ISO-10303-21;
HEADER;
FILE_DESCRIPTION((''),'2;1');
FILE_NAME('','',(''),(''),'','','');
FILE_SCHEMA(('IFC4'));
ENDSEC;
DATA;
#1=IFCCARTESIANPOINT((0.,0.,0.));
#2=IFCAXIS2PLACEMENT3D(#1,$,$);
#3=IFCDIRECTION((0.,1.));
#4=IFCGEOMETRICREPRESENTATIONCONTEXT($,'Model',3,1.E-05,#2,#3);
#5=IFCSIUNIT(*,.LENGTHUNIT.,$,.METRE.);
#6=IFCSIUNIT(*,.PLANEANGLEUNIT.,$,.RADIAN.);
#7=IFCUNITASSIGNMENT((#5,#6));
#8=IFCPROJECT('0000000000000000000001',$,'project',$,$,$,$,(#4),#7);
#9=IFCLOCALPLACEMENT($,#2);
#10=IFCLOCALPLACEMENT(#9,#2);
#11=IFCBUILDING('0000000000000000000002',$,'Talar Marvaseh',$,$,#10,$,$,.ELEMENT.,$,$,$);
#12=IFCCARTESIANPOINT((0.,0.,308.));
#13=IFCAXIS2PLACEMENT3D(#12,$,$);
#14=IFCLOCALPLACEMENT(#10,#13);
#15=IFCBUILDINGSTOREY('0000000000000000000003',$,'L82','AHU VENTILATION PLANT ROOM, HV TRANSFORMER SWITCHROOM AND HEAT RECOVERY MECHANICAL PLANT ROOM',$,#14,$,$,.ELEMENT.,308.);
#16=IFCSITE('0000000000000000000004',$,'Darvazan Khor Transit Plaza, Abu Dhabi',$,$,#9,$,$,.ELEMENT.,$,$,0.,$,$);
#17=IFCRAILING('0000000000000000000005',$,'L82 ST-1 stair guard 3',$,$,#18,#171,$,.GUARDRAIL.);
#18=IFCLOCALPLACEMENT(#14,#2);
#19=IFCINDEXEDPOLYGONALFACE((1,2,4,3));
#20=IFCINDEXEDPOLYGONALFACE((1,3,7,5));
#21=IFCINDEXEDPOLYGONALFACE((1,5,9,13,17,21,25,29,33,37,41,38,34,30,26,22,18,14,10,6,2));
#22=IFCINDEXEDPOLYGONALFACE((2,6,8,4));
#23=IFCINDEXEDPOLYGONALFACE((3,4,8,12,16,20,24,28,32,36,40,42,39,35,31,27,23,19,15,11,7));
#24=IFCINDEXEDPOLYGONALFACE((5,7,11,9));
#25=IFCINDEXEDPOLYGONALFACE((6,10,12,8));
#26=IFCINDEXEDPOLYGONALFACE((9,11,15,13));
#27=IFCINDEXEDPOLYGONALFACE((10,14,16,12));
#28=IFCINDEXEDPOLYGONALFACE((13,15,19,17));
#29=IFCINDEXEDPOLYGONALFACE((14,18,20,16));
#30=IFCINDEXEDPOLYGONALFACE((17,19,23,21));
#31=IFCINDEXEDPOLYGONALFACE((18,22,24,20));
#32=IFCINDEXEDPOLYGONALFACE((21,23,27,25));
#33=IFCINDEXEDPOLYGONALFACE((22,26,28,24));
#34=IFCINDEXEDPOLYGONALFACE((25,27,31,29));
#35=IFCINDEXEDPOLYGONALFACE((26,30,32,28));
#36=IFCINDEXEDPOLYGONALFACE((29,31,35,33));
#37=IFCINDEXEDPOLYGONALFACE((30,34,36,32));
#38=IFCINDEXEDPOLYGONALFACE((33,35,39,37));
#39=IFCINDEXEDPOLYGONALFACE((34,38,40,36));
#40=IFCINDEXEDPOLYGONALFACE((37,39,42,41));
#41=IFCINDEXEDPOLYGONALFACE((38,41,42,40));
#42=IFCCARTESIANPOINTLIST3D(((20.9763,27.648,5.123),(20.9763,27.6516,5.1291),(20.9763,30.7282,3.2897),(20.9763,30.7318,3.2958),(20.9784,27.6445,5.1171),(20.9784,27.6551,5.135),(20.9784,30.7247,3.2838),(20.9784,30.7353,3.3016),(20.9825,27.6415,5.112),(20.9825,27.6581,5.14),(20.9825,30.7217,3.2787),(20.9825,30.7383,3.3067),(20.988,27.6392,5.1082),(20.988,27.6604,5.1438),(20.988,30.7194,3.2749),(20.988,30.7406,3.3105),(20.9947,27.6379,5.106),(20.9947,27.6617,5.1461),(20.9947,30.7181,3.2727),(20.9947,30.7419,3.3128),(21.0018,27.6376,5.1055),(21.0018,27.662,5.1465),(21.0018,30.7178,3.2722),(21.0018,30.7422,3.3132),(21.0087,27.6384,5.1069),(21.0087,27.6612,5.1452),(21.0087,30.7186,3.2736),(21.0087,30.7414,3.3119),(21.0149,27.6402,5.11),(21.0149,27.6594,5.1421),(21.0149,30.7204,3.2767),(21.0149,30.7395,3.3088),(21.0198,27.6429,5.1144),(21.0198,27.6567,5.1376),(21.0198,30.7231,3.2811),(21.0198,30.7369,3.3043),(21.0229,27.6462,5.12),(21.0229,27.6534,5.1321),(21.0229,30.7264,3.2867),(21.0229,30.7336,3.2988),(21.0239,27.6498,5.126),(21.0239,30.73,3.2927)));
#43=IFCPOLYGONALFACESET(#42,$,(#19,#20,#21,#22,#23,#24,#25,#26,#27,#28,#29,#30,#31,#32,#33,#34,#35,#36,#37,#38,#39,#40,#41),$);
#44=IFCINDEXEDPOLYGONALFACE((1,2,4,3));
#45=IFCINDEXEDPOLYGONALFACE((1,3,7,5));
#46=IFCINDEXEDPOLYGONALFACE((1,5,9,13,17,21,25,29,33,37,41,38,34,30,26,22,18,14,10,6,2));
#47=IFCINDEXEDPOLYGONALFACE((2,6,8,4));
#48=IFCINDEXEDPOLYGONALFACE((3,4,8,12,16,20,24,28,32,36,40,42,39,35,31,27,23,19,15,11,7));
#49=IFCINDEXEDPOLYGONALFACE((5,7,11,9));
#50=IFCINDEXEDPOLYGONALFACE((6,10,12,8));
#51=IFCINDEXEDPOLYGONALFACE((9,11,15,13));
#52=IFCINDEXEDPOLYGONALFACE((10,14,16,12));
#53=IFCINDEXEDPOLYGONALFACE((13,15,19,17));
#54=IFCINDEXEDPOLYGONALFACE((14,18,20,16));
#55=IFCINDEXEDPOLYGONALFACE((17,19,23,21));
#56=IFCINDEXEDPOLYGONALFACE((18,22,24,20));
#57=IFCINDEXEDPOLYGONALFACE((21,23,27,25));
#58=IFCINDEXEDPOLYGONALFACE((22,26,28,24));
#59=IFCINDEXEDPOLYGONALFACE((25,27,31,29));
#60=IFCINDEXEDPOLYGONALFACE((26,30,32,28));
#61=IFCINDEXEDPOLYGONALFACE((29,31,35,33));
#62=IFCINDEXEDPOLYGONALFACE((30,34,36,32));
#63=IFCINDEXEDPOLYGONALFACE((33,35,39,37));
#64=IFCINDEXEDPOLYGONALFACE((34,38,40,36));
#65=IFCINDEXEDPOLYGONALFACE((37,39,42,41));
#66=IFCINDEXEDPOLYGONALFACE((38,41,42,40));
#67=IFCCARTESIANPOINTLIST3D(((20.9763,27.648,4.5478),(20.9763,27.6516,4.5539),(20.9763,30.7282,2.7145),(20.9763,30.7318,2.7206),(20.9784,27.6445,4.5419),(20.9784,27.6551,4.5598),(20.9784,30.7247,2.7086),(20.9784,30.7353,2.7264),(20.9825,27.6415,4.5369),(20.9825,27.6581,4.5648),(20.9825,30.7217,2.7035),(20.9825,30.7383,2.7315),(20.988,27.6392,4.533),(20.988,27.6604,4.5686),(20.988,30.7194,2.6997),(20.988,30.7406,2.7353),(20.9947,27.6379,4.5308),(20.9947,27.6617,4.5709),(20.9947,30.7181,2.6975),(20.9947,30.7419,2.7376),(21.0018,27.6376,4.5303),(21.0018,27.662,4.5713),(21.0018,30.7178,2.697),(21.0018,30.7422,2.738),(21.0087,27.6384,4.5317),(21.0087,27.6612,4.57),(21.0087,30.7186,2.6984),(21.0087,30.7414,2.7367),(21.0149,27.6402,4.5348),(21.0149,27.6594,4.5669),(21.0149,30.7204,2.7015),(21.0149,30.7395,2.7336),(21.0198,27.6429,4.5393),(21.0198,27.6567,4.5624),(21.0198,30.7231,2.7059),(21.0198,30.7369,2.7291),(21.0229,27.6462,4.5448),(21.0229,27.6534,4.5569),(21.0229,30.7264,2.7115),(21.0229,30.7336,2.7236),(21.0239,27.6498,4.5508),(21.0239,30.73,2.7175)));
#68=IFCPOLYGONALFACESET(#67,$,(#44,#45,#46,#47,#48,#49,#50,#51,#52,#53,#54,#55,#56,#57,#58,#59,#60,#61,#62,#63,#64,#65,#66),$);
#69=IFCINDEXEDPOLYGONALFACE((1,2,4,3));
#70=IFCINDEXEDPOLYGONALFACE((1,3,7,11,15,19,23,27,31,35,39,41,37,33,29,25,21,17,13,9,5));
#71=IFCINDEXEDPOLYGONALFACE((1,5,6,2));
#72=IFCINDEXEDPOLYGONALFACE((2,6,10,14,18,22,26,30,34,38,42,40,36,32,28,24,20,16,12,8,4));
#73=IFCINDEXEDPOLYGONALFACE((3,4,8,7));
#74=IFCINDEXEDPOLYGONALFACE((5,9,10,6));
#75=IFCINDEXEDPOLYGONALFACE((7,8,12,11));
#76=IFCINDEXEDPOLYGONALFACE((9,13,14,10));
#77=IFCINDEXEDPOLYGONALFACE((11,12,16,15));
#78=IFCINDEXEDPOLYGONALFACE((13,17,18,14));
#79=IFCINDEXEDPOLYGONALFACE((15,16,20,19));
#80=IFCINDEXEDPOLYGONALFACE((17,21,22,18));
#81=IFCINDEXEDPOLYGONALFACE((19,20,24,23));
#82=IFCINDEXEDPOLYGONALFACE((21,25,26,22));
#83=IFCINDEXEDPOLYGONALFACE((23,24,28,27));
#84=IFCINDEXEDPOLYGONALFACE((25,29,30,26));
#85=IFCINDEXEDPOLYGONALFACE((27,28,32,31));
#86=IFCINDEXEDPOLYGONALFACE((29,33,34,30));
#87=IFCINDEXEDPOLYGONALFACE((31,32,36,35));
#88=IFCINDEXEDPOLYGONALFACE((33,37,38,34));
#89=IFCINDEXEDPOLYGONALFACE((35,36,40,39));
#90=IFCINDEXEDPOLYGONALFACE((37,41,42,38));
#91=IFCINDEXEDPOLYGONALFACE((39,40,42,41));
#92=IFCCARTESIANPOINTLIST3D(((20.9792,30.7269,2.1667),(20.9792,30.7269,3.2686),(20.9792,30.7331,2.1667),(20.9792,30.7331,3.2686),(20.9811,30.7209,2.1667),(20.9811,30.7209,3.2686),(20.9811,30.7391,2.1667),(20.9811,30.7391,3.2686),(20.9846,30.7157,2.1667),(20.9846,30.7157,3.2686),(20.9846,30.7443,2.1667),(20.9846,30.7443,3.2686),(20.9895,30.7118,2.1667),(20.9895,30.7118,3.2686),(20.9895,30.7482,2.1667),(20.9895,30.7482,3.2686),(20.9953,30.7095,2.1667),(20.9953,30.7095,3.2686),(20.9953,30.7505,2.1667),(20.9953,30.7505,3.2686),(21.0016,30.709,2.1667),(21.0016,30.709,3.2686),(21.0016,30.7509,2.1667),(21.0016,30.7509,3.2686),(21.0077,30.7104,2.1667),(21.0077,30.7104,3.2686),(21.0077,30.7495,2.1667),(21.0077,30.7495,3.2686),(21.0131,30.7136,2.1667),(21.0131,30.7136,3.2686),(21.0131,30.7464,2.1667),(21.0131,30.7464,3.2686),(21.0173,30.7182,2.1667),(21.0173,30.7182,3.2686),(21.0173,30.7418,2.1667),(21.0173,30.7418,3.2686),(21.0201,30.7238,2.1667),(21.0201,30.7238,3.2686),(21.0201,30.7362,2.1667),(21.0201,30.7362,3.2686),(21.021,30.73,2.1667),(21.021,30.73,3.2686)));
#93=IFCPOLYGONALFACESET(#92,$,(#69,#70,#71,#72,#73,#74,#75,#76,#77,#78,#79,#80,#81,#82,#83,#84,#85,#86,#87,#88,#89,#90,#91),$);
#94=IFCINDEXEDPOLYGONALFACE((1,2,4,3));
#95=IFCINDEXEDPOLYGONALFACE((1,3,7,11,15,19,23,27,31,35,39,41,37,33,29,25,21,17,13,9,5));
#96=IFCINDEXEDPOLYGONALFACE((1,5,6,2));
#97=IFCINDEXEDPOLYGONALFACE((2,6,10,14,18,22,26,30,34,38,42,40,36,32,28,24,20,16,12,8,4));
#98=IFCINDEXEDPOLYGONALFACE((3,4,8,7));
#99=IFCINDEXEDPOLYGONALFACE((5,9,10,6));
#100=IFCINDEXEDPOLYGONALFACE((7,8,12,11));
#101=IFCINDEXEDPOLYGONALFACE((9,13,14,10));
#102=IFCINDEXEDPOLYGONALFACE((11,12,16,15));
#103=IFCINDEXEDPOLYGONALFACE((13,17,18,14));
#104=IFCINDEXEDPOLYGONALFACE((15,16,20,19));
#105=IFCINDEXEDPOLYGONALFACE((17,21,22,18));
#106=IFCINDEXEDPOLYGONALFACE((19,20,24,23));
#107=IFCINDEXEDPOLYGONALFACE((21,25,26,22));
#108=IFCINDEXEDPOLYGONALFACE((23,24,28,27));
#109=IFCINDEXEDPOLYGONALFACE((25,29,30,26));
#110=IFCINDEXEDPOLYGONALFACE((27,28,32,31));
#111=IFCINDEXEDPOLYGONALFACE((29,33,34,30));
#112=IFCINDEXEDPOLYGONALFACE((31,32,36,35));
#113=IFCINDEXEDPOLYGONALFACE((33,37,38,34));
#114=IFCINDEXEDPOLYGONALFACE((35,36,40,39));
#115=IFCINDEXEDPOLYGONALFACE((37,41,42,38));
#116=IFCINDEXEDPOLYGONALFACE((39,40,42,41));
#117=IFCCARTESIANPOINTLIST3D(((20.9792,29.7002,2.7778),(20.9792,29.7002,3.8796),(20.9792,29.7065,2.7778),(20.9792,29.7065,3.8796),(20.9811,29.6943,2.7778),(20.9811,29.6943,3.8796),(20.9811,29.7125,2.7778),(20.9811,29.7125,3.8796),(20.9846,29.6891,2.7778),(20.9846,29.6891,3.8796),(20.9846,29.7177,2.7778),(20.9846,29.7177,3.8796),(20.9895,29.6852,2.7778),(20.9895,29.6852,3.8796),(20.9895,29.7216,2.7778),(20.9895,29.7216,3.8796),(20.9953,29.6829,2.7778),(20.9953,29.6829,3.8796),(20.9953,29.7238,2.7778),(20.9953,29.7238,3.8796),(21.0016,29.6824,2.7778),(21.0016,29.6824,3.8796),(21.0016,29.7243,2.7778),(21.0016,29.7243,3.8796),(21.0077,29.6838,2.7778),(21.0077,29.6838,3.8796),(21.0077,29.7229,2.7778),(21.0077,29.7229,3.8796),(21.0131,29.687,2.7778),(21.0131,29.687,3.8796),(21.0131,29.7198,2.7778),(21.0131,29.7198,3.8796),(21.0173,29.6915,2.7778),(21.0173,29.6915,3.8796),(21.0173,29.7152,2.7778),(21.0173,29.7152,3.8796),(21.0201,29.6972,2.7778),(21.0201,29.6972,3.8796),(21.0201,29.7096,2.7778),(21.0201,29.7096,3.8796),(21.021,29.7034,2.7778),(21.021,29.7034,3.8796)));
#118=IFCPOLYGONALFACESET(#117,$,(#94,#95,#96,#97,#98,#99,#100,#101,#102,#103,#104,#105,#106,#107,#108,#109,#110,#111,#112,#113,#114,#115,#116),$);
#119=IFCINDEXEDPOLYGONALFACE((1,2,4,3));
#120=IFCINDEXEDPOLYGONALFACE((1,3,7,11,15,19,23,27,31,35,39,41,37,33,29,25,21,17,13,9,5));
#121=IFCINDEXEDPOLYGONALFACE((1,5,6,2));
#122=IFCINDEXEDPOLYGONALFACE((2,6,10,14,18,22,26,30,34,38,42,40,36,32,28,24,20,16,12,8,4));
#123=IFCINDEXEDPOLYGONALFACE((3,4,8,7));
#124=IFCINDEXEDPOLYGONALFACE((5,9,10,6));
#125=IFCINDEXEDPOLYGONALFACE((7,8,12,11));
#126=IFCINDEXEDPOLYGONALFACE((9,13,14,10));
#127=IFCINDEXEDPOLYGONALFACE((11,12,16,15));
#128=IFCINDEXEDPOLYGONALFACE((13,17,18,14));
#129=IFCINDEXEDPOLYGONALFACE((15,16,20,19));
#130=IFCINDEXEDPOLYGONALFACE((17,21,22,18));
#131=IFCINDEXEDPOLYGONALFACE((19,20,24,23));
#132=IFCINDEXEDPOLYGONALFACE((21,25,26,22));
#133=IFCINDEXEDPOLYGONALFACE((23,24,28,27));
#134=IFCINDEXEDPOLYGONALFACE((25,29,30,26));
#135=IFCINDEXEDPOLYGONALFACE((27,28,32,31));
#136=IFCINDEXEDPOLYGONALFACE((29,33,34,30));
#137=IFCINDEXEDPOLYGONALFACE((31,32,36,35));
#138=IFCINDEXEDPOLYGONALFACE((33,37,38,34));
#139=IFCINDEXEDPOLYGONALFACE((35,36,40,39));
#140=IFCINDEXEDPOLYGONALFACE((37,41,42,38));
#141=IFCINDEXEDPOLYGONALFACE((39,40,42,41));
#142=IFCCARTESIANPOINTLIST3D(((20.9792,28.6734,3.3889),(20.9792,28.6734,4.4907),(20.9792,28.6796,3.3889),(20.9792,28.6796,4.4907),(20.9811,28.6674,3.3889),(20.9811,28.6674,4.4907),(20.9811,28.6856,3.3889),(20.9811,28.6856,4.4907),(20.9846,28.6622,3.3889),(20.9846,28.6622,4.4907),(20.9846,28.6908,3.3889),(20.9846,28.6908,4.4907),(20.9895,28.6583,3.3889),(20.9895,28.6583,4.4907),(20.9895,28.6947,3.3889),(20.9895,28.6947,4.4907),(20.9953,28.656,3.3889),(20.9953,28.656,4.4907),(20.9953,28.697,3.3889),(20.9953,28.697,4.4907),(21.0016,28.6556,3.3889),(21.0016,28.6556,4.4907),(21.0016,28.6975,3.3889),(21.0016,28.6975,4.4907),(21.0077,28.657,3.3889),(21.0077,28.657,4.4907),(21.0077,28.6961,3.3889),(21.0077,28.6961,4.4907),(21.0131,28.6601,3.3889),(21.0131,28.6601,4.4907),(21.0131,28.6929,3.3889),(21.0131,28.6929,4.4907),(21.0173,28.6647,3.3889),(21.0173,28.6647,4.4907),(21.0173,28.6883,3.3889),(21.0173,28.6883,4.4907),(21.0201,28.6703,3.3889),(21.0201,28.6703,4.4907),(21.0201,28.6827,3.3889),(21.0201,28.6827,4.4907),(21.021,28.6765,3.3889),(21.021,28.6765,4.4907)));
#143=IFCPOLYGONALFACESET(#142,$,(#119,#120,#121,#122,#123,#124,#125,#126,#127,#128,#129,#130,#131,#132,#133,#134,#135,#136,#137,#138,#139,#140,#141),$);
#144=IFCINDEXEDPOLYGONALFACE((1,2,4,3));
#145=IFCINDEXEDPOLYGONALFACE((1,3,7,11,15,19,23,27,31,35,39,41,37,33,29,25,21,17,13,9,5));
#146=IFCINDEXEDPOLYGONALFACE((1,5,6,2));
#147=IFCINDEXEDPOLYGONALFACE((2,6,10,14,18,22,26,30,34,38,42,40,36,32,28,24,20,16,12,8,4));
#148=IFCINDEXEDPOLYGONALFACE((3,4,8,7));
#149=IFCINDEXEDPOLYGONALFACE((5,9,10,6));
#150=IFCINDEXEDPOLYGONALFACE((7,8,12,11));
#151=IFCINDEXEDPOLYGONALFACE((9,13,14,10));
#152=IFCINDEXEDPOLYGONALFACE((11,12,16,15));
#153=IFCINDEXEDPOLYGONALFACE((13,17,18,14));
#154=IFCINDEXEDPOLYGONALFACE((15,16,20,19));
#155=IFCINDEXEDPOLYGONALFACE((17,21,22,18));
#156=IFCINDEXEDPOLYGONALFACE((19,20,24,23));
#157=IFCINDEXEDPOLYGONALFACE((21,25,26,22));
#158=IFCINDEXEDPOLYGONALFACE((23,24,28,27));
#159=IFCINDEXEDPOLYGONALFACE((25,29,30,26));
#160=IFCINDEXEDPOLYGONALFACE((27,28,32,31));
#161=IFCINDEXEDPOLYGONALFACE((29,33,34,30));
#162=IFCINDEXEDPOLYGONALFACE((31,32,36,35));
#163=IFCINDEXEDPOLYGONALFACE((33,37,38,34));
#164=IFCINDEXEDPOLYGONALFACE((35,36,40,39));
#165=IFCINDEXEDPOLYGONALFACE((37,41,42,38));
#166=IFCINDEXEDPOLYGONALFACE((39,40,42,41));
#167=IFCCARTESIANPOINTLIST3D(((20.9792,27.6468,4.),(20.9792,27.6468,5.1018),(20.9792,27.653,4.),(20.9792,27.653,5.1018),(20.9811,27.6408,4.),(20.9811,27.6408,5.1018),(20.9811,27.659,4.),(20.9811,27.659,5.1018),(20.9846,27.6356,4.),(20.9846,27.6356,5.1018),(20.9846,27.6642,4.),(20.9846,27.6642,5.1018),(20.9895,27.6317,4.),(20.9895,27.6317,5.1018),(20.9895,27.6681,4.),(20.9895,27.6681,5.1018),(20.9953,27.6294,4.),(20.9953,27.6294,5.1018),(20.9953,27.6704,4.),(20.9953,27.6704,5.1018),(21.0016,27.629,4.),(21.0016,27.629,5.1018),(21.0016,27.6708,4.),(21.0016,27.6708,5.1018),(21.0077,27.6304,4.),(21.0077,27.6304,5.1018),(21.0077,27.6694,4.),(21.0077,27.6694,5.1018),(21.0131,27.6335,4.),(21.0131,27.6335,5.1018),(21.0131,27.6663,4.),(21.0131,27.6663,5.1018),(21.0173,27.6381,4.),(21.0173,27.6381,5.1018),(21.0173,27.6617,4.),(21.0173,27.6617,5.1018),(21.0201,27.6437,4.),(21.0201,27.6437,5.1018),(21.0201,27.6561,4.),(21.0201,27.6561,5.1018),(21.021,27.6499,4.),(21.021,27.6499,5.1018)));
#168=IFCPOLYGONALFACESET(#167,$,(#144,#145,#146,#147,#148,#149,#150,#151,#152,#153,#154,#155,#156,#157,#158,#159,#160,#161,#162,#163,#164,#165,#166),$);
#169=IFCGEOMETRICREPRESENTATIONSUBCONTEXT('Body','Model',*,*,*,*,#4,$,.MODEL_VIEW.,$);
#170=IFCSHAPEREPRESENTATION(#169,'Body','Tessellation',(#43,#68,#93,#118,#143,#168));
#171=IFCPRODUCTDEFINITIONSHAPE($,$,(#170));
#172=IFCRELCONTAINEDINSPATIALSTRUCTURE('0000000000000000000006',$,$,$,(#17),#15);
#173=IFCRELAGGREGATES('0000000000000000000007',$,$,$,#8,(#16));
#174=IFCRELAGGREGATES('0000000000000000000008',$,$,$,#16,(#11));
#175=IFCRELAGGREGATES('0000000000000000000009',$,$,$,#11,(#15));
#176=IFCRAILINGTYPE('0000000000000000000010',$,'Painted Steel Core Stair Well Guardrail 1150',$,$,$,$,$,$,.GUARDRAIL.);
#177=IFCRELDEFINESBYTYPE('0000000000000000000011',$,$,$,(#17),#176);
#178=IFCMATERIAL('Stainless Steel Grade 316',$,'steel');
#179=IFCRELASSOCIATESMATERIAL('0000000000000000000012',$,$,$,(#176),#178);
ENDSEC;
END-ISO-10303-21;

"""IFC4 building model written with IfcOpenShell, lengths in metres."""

from ifc_helpers import new_model, si_unit, direction, frame, origin, origin_2d, place, context, subcontext, project, spatial, circle, extrude, material, type_object, element, save


model = new_model("IFC4")

# Units and contexts
model_context = context("Model", 3, precision=1e-05, world=origin(), true_north=direction((0.0, 1.0)))
body_context = subcontext(model_context, "Body", "Model", "MODEL_VIEW")
ifc_project = project(units=[si_unit("LENGTHUNIT", "METRE"), si_unit("PLANEANGLEUNIT", "RADIAN")], contexts=[model_context])

# Site, building, storey
site_placement = place(None, origin())
site = spatial("IfcSite", under=ifc_project, at=site_placement, Name="Darvazan Khor Transit Plaza, Abu Dhabi", CompositionType="ELEMENT", RefElevation=0.0)
building_placement = place(site_placement, origin())
building = spatial("IfcBuilding", under=site, at=building_placement, Name="Talar Marvaseh", CompositionType="ELEMENT")
storey_placement = place(building_placement, frame((0.0, 0.0, 308.0)))
storey = spatial("IfcBuildingStorey", under=building, at=storey_placement, Name="L82", Description="AHU VENTILATION PLANT ROOM, HV TRANSFORMER SWITCHROOM AND HEAT RECOVERY MECHANICAL PLANT ROOM", CompositionType="ELEMENT", Elevation=308.0)

# Shared definitions
ifc_material_1 = material(Name="Stainless Steel Grade 316", Category="steel")

# Railing
railing_type_1 = type_object("IfcRailingType", Name="Painted Steel Core Stair Well Guardrail 1150", PredefinedType="GUARDRAIL", material=ifc_material_1)
railing_1_placement = place(storey_placement, frame((21.0, 30.73, 2.1667)))
element("IfcRailing", 1, at=railing_1_placement, inside=storey, type_object=railing_type_1, Name="L82 ST-1 stair guard 3", PredefinedType="GUARDRAIL", context=body_context, shape_type="SweptSolid", body=[
    extrude(circle(Radius=0.0239, at=origin_2d()), frame((0.0, 0.0, 1.126), z_axis=(0.0, -0.859309, 0.511458), x_axis=(1.0, 0.0, 0.0)), (0.0, 0.0, 1.0), 3.5845),
    extrude(circle(Radius=0.0239, at=origin_2d()), frame((0.0, 0.0, 0.5508), z_axis=(0.0, -0.859309, 0.511458), x_axis=(1.0, 0.0, 0.0)), (0.0, 0.0, 1.0), 3.5845),
    extrude(circle(Radius=0.021, at=origin_2d()), origin(), (0.0, 0.0, 1.0), 1.1018),
    extrude(circle(Radius=0.021, at=origin_2d()), frame((0.0, -1.0266, 0.6111)), (0.0, 0.0, 1.0), 1.1018),
    extrude(circle(Radius=0.021, at=origin_2d()), frame((0.0, -2.0535, 1.2222)), (0.0, 0.0, 1.0), 1.1018),
    extrude(circle(Radius=0.021, at=origin_2d()), frame((0.0, -3.0801, 1.8333)), (0.0, 0.0, 1.0), 1.1018),
])

save(model, "model.ifc")
